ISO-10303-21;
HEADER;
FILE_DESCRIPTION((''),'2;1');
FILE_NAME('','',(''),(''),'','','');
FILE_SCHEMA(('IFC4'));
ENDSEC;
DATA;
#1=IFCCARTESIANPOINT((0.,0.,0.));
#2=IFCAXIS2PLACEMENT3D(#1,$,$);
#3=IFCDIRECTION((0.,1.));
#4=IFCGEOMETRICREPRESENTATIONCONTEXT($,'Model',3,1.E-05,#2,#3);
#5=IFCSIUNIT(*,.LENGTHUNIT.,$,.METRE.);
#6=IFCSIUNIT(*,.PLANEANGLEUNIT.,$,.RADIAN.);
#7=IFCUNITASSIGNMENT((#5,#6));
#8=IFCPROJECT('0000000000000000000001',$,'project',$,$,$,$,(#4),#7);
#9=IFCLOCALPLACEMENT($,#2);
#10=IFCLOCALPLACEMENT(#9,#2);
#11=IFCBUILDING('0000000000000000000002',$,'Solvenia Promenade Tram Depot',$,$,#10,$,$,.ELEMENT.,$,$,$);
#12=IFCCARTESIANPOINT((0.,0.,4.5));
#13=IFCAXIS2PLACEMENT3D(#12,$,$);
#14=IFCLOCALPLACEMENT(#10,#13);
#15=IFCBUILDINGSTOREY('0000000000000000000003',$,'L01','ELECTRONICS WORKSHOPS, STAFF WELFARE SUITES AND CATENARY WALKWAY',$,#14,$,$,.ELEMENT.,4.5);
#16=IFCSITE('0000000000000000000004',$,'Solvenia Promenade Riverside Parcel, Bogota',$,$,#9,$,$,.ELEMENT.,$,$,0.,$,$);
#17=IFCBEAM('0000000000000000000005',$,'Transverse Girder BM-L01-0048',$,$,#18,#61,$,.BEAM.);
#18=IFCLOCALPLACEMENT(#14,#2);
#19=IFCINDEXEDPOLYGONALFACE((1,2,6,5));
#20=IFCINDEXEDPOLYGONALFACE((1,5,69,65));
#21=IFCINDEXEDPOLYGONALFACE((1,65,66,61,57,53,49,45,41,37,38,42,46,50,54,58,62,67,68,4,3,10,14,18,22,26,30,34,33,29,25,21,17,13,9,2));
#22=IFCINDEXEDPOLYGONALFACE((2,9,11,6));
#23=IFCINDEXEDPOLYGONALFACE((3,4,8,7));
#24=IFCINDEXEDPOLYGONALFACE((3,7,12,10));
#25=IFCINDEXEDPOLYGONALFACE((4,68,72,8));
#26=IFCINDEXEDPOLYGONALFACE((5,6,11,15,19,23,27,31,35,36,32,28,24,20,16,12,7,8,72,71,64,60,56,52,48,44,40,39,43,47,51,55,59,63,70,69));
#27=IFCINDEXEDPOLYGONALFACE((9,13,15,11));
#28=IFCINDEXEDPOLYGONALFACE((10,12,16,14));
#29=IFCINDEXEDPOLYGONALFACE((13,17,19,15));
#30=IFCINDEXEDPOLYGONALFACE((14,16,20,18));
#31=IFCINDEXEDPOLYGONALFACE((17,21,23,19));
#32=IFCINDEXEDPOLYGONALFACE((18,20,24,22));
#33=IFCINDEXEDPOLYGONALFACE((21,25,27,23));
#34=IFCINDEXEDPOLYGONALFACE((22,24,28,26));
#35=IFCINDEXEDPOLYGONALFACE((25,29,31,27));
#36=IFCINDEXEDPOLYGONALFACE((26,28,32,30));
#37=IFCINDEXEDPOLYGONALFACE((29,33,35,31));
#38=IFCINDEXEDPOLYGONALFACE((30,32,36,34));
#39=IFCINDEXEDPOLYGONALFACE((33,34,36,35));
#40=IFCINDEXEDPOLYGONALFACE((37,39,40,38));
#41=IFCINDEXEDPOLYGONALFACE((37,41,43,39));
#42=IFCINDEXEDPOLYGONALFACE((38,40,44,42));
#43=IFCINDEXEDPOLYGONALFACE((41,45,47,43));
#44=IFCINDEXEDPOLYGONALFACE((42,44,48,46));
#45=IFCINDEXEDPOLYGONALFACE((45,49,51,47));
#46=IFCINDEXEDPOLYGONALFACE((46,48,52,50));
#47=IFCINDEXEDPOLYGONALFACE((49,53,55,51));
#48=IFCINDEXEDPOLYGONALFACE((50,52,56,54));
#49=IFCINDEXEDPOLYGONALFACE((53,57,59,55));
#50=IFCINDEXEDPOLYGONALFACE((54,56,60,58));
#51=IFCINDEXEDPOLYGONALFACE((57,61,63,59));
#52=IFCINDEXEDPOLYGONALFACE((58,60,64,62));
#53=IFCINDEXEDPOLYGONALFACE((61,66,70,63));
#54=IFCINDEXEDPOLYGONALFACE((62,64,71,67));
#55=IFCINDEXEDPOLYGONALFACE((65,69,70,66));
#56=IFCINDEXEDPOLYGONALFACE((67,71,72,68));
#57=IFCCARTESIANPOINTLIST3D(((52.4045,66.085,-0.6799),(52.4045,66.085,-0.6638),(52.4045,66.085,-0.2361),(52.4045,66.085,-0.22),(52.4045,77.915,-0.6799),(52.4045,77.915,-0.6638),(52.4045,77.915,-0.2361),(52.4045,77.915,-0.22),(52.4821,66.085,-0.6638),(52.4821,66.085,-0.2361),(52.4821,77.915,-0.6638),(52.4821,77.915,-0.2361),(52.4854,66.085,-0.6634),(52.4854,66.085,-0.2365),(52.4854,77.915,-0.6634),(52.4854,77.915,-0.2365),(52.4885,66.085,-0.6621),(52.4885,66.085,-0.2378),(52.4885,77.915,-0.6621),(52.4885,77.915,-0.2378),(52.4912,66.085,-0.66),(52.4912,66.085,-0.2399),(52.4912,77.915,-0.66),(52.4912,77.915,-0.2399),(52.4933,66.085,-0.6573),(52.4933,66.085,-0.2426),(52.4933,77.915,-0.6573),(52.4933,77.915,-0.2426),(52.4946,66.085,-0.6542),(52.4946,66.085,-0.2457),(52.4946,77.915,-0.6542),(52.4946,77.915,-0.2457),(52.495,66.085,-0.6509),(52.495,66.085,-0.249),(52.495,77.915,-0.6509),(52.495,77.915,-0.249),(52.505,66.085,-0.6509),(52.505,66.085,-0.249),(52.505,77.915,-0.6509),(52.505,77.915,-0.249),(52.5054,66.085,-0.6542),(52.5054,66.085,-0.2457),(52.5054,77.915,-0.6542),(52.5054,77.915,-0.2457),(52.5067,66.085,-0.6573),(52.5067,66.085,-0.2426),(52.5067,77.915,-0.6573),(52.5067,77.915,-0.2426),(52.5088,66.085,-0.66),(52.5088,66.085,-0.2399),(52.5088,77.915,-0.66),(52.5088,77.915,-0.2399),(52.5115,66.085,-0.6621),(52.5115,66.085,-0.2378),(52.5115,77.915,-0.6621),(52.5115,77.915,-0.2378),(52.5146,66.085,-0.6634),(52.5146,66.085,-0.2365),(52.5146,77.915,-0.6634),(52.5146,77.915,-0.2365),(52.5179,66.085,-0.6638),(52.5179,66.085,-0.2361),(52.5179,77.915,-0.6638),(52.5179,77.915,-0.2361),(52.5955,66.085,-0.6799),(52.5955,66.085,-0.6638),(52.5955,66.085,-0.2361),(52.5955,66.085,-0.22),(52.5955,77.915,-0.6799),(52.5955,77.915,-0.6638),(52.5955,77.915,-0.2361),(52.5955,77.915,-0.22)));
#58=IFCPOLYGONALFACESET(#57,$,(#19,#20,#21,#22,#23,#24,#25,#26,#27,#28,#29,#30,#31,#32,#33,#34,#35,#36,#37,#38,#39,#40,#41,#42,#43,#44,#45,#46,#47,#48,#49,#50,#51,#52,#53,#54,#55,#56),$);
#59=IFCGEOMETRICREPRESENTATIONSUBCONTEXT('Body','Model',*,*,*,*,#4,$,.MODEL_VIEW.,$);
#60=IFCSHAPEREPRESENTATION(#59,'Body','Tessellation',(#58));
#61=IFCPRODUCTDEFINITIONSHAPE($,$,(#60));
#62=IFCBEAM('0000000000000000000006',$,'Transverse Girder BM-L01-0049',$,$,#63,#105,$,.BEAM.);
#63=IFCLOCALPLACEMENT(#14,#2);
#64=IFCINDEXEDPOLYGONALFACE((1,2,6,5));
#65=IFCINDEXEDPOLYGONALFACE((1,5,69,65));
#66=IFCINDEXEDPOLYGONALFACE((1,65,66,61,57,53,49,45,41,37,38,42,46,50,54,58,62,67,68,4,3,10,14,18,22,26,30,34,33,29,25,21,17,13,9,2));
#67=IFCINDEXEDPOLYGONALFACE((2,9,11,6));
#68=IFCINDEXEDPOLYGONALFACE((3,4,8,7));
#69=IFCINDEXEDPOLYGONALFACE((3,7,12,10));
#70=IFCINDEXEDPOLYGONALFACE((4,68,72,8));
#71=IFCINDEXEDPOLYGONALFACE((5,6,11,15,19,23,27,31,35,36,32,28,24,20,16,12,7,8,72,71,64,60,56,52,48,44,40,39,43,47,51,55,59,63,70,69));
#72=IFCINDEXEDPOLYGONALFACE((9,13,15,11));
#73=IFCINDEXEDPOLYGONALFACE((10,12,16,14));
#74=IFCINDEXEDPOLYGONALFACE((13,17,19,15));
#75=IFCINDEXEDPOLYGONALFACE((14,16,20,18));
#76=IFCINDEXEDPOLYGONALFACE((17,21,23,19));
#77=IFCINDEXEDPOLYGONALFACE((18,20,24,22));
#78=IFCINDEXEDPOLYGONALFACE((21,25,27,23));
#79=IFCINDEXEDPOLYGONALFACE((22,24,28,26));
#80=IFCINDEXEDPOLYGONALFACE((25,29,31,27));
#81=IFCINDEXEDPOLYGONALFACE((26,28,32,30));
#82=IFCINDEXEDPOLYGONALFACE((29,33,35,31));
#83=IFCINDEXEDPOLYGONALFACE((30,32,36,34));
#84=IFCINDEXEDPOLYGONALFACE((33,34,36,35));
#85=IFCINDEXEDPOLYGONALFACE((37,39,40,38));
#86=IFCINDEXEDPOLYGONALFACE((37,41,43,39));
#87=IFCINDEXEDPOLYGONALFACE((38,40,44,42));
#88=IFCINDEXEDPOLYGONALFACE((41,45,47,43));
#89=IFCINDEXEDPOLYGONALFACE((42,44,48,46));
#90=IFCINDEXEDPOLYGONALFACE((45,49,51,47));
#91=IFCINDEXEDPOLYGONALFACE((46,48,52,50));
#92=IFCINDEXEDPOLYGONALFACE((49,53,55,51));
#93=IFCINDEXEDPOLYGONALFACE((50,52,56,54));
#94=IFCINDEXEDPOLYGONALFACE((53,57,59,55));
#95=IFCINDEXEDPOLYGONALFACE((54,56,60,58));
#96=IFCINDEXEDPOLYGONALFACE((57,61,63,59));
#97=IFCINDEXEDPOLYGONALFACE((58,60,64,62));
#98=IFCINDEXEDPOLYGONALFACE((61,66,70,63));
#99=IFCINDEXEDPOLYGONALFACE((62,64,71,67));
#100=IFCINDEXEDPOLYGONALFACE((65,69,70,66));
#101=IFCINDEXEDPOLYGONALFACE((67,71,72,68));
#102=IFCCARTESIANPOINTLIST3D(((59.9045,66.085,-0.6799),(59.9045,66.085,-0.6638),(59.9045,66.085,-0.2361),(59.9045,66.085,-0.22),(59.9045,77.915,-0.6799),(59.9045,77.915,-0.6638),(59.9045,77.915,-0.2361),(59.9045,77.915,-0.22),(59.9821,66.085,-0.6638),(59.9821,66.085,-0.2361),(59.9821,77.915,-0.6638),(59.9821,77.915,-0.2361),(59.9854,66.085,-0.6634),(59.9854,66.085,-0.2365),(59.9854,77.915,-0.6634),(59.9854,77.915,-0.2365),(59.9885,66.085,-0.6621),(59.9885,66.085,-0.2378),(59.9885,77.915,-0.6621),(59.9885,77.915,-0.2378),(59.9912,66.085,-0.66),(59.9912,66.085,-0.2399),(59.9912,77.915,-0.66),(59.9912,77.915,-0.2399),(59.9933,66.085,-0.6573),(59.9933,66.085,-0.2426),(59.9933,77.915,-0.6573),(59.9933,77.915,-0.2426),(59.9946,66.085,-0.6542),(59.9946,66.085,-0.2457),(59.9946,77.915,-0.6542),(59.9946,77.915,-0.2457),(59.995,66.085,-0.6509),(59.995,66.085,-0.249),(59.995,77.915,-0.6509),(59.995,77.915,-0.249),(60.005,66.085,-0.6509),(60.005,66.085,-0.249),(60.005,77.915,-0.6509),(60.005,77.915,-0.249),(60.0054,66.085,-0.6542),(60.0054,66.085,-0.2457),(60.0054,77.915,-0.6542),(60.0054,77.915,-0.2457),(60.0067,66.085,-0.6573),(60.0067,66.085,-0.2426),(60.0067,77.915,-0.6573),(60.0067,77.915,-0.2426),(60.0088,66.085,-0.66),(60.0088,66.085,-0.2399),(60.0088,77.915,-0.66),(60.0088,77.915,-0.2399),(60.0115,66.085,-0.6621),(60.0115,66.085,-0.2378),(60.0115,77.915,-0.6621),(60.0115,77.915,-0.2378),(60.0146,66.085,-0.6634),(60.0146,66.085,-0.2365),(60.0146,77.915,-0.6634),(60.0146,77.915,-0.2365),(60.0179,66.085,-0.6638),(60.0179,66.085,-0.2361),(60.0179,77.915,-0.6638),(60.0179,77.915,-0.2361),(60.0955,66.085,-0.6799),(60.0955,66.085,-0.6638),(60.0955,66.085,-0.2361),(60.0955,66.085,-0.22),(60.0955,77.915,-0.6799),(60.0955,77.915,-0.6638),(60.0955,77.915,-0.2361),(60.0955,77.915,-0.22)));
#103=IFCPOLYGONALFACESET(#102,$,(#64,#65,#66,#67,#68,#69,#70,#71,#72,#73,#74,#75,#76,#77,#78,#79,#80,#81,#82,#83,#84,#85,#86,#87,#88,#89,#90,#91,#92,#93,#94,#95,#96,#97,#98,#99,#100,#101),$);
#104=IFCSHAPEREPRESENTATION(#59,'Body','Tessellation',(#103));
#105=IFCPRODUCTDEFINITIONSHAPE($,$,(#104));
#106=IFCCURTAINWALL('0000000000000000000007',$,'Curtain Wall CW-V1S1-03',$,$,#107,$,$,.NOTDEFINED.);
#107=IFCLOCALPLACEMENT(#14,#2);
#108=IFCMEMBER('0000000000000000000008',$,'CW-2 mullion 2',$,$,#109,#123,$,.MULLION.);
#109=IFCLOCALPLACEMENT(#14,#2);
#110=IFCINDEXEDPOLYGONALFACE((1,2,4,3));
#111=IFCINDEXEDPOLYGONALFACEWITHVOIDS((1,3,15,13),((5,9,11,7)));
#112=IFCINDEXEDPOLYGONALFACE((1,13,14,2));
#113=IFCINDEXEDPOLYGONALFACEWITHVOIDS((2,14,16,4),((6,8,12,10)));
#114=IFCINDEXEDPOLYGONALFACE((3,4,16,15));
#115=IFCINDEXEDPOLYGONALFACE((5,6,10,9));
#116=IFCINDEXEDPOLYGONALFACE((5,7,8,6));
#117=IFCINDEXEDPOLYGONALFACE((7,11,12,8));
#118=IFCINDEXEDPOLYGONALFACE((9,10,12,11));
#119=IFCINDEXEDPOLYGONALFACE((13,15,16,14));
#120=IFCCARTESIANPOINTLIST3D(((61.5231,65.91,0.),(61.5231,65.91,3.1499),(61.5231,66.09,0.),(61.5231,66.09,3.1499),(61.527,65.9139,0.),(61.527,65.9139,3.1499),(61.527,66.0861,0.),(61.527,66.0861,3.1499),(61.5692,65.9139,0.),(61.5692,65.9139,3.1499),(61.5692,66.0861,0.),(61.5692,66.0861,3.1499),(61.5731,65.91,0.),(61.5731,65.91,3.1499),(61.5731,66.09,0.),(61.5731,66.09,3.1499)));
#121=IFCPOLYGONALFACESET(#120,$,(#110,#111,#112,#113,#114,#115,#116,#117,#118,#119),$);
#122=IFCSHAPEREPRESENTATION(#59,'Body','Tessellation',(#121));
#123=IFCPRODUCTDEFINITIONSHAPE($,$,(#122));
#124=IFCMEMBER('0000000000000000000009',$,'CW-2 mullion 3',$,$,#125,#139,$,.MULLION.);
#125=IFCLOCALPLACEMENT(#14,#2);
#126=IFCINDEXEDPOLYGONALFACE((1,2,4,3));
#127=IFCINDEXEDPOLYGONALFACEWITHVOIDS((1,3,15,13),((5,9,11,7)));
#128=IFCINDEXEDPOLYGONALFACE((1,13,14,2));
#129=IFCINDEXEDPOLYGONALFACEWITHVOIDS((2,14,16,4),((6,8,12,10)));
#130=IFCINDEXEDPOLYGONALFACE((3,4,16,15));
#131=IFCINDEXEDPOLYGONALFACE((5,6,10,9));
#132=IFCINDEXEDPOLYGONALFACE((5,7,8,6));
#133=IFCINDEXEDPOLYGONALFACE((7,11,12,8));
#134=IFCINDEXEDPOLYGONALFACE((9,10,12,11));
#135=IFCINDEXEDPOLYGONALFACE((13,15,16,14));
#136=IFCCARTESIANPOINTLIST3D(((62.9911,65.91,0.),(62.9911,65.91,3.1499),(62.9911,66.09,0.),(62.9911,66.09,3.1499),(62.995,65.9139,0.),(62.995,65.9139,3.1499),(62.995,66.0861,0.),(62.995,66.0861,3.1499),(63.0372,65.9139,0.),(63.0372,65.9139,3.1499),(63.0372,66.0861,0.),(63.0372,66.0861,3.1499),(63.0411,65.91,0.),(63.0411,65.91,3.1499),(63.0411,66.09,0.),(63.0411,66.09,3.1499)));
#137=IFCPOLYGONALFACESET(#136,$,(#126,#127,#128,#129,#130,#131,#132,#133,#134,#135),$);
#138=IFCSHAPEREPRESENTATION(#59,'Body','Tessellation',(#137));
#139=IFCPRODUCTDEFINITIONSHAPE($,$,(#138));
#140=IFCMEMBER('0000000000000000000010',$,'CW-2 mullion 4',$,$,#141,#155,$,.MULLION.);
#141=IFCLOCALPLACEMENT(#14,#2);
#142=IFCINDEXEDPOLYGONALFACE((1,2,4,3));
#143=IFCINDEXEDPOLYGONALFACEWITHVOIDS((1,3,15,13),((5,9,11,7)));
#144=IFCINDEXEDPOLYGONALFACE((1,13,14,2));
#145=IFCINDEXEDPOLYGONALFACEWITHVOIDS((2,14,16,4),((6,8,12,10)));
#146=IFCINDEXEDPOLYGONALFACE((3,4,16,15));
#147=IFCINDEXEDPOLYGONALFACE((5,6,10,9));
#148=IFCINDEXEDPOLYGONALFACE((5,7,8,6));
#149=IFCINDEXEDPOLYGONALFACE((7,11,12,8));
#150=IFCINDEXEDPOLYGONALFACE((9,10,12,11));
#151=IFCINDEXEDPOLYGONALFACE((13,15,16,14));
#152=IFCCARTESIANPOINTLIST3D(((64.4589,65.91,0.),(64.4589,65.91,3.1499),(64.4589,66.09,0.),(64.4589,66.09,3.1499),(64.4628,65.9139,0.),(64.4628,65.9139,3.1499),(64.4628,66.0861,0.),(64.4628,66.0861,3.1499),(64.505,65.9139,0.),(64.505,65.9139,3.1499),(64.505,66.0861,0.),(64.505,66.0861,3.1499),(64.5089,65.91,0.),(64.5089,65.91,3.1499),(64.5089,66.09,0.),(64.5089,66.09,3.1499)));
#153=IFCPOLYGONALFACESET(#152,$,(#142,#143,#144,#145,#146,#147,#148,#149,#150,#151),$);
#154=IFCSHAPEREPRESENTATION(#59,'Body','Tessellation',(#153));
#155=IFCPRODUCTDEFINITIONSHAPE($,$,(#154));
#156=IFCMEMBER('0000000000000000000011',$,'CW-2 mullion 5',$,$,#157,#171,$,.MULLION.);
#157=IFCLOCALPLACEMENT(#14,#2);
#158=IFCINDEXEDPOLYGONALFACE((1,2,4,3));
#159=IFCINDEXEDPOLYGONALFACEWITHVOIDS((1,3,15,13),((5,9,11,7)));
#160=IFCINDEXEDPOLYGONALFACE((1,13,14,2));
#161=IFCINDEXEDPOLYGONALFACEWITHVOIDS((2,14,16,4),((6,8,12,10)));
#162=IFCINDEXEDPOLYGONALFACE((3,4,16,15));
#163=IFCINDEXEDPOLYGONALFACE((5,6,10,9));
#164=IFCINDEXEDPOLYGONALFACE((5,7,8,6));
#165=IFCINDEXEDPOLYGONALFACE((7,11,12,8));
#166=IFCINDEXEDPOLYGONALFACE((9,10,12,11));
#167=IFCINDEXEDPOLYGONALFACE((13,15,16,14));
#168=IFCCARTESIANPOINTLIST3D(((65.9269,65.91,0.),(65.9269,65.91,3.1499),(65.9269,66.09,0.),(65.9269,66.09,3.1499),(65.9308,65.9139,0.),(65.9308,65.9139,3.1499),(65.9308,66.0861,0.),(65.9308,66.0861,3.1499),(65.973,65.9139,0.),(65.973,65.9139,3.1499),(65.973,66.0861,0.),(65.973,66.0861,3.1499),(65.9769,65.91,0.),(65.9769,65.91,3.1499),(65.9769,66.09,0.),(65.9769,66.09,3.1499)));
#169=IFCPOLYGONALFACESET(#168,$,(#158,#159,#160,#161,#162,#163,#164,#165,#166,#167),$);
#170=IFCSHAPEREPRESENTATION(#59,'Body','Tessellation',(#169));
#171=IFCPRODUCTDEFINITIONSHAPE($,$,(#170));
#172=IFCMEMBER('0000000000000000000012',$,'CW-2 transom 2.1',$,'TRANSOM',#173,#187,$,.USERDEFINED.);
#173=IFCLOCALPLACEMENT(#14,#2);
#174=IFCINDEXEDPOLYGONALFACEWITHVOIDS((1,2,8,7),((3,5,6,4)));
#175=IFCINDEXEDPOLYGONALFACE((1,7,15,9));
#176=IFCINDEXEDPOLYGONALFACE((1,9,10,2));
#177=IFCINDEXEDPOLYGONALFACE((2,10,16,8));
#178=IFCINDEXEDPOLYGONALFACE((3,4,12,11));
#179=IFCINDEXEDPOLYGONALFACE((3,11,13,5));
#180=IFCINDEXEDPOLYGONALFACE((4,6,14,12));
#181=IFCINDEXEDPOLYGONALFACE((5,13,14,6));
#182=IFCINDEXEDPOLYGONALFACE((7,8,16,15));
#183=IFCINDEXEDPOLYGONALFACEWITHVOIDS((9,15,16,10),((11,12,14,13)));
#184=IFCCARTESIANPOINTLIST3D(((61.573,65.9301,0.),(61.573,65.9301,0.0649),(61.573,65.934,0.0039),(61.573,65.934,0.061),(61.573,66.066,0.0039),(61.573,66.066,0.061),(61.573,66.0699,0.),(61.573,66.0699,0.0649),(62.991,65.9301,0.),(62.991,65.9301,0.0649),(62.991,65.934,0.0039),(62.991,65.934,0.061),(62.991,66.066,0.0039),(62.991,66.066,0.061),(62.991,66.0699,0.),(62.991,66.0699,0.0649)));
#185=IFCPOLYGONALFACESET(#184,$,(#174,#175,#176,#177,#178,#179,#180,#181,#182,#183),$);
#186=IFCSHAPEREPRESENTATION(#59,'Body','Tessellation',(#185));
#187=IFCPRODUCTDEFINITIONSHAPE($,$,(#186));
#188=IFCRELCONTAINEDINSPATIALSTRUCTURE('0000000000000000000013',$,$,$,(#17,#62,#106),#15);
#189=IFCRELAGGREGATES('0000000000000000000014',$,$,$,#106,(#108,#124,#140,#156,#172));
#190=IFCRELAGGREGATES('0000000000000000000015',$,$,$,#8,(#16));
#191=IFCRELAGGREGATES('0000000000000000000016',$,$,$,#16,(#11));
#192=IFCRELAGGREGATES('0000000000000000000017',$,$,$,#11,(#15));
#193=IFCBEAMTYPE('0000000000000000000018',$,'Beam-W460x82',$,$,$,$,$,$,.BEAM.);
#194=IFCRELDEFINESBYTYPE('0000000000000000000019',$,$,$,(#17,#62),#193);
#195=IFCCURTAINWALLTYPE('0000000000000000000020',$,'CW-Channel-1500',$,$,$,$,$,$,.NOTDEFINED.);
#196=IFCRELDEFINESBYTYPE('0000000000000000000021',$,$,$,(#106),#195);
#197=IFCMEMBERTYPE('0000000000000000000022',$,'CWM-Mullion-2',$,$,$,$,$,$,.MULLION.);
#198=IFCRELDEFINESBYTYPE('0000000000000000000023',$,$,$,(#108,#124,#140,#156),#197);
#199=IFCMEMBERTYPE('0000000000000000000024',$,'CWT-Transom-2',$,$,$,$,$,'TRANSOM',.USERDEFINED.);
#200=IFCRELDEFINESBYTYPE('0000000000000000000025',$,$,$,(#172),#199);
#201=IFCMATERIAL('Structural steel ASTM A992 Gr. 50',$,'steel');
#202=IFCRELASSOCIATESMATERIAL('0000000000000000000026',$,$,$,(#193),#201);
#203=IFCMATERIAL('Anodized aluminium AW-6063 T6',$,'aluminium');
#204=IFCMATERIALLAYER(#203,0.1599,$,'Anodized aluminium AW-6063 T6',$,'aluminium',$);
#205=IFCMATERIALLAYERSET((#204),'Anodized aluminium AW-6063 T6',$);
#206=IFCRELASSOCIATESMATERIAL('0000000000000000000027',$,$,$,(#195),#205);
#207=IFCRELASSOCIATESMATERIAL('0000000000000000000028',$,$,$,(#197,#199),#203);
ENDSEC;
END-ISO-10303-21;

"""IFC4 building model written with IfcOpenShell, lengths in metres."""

from ifc_helpers import new_model, si_unit, direction, frame, origin, origin_2d, place, context, subcontext, project, spatial, hollow_rectangle, i_section, extrude, material, layer, layer_set, material_profile, profile_set, type_object, element, aggregate, save


model = new_model("IFC4")

# Units and contexts
model_context = context("Model", 3, precision=1e-05, world=origin(), true_north=direction((0.0, 1.0)))
body_context = subcontext(model_context, "Body", "Model", "MODEL_VIEW")
ifc_project = project(units=[si_unit("LENGTHUNIT", "METRE"), si_unit("PLANEANGLEUNIT", "RADIAN")], contexts=[model_context])

# Site, building, storey
site_placement = place(None, origin())
site = spatial("IfcSite", under=ifc_project, at=site_placement, Name="Solvenia Promenade Riverside Parcel, Bogota", CompositionType="ELEMENT", RefElevation=0.0)
building_placement = place(site_placement, origin())
building = spatial("IfcBuilding", under=site, at=building_placement, Name="Solvenia Promenade Tram Depot", CompositionType="ELEMENT")
storey_placement = place(building_placement, frame((0.0, 0.0, 4.5)))
storey = spatial("IfcBuildingStorey", under=building, at=storey_placement, Name="L01", Description="ELECTRONICS WORKSHOPS, STAFF WELFARE SUITES AND CATENARY WALKWAY", CompositionType="ELEMENT", Elevation=4.5)

# Beams
ifc_material_1 = material(Name="Structural steel ASTM A992 Gr. 50", Category="steel")
ifc_material_profile_1 = material_profile(ifc_material_1, i_section(OverallWidth=0.1909, OverallDepth=0.46, WebThickness=0.01, FlangeThickness=0.0161, FilletRadius=0.0129, at=origin_2d()), Name="W460x82", Category="steel")
ifc_profile_set_1 = profile_set([ifc_material_profile_1], Name="Structural steel ASTM A992 Gr. 50")
beam_type_1 = type_object("IfcBeamType", Name="Beam-W460x82", PredefinedType="BEAM", material=ifc_profile_set_1)
for number, where, z_axis, x_axis, name in (
    (1, (52.5, 66.085, -0.45), (0.0, 1.0, 0.0), (-1.0, 0.0, 0.0), "Transverse Girder BM-L01-0048"),
    (2, (60.0, 66.085, -0.45), (0.0, 1.0, 0.0), (-1.0, 0.0, 0.0), "Transverse Girder BM-L01-0049"),
):
    element("IfcBeam", number, at=place(storey_placement, frame(where, z_axis=z_axis, x_axis=x_axis)), inside=storey, type_object=beam_type_1, Name=name, PredefinedType="BEAM", context=body_context, shape_type="SweptSolid", body=[
        extrude(i_section(OverallWidth=0.1909, OverallDepth=0.46, WebThickness=0.01, FlangeThickness=0.0161, FilletRadius=0.0129, at=origin_2d()), origin(), (0.0, 0.0, 1.0), 11.8301),
    ])

# Curtain wall, members
ifc_material_2 = material(Name="Anodized aluminium AW-6063 T6", Category="aluminium")
ifc_layer_1 = layer(ifc_material_2, 0.1599, Name="Anodized aluminium AW-6063 T6", Category="aluminium")
ifc_layer_set_1 = layer_set([ifc_layer_1], Name="Anodized aluminium AW-6063 T6")
curtain_wall_type = type_object("IfcCurtainWallType", Name="CW-Channel-1500", PredefinedType="NOTDEFINED", material=ifc_layer_set_1)
curtain_wall_placement = place(storey_placement, origin())
curtain_wall = element("IfcCurtainWall", 3, at=curtain_wall_placement, inside=storey, type_object=curtain_wall_type, Name="Curtain Wall CW-V1S1-03", PredefinedType="NOTDEFINED")
ifc_material_profile_2 = material_profile(ifc_material_2, hollow_rectangle(XDim=0.1799, YDim=0.05, WallThickness=0.0039, at=origin_2d()), Name="ALU-M2", Category="aluminium")
ifc_profile_set_2 = profile_set([ifc_material_profile_2], Name="Anodized aluminium AW-6063 T6")
member_type_1 = type_object("IfcMemberType", Name="CWM-Mullion-2", PredefinedType="MULLION", material=ifc_profile_set_2)
member_1_placement = place(storey_placement, frame((61.5481, 66.0, 0.0), z_axis=(0.0, 0.0, 1.0), x_axis=(0.0, 1.0, 0.0)))
member_1 = element("IfcMember", 4, at=member_1_placement, type_object=member_type_1, Name="CW-2 mullion 2", PredefinedType="MULLION", context=body_context, shape_type="SweptSolid", body=[
    extrude(hollow_rectangle(XDim=0.1799, YDim=0.05, WallThickness=0.0039, at=origin_2d()), origin(), (0.0, 0.0, 1.0), 3.1499),
])
member_2_placement = place(storey_placement, frame((63.0161, 66.0, 0.0), z_axis=(0.0, 0.0, 1.0), x_axis=(0.0, 1.0, 0.0)))
member_2 = element("IfcMember", 5, at=member_2_placement, type_object=member_type_1, Name="CW-2 mullion 3", PredefinedType="MULLION", context=body_context, shape_type="SweptSolid", body=[
    extrude(hollow_rectangle(XDim=0.1799, YDim=0.05, WallThickness=0.0039, at=origin_2d()), origin(), (0.0, 0.0, 1.0), 3.1499),
])
member_3_placement = place(storey_placement, frame((64.4839, 66.0, 0.0), z_axis=(0.0, 0.0, 1.0), x_axis=(0.0, 1.0, 0.0)))
member_3 = element("IfcMember", 6, at=member_3_placement, type_object=member_type_1, Name="CW-2 mullion 4", PredefinedType="MULLION", context=body_context, shape_type="SweptSolid", body=[
    extrude(hollow_rectangle(XDim=0.1799, YDim=0.05, WallThickness=0.0039, at=origin_2d()), origin(), (0.0, 0.0, 1.0), 3.1499),
])
member_4_placement = place(storey_placement, frame((65.9519, 66.0, 0.0), z_axis=(0.0, 0.0, 1.0), x_axis=(0.0, 1.0, 0.0)))
member_4 = element("IfcMember", 7, at=member_4_placement, type_object=member_type_1, Name="CW-2 mullion 5", PredefinedType="MULLION", context=body_context, shape_type="SweptSolid", body=[
    extrude(hollow_rectangle(XDim=0.1799, YDim=0.05, WallThickness=0.0039, at=origin_2d()), origin(), (0.0, 0.0, 1.0), 3.1499),
])
ifc_material_profile_3 = material_profile(ifc_material_2, hollow_rectangle(XDim=0.1399, YDim=0.0649, WallThickness=0.0039, at=origin_2d()), Name="ALU-T2", Category="aluminium")
ifc_profile_set_3 = profile_set([ifc_material_profile_3], Name="Anodized aluminium AW-6063 T6")
member_type_2 = type_object("IfcMemberType", Name="CWT-Transom-2", ElementType="TRANSOM", PredefinedType="USERDEFINED", material=ifc_profile_set_3)
member_5_placement = place(storey_placement, frame((61.573, 66.0, 0.0325), z_axis=(1.0, 0.0, 0.0), x_axis=(0.0, 1.0, 0.0)))
member_5 = element("IfcMember", 8, at=member_5_placement, type_object=member_type_2, Name="CW-2 transom 2.1", ObjectType="TRANSOM", PredefinedType="USERDEFINED", context=body_context, shape_type="SweptSolid", body=[
    extrude(hollow_rectangle(XDim=0.1399, YDim=0.0649, WallThickness=0.0039, at=origin_2d()), origin(), (0.0, 0.0, 1.0), 1.418),
])

aggregate(curtain_wall, [member_1, member_2, member_3, member_4, member_5])

save(model, "model.ifc")
